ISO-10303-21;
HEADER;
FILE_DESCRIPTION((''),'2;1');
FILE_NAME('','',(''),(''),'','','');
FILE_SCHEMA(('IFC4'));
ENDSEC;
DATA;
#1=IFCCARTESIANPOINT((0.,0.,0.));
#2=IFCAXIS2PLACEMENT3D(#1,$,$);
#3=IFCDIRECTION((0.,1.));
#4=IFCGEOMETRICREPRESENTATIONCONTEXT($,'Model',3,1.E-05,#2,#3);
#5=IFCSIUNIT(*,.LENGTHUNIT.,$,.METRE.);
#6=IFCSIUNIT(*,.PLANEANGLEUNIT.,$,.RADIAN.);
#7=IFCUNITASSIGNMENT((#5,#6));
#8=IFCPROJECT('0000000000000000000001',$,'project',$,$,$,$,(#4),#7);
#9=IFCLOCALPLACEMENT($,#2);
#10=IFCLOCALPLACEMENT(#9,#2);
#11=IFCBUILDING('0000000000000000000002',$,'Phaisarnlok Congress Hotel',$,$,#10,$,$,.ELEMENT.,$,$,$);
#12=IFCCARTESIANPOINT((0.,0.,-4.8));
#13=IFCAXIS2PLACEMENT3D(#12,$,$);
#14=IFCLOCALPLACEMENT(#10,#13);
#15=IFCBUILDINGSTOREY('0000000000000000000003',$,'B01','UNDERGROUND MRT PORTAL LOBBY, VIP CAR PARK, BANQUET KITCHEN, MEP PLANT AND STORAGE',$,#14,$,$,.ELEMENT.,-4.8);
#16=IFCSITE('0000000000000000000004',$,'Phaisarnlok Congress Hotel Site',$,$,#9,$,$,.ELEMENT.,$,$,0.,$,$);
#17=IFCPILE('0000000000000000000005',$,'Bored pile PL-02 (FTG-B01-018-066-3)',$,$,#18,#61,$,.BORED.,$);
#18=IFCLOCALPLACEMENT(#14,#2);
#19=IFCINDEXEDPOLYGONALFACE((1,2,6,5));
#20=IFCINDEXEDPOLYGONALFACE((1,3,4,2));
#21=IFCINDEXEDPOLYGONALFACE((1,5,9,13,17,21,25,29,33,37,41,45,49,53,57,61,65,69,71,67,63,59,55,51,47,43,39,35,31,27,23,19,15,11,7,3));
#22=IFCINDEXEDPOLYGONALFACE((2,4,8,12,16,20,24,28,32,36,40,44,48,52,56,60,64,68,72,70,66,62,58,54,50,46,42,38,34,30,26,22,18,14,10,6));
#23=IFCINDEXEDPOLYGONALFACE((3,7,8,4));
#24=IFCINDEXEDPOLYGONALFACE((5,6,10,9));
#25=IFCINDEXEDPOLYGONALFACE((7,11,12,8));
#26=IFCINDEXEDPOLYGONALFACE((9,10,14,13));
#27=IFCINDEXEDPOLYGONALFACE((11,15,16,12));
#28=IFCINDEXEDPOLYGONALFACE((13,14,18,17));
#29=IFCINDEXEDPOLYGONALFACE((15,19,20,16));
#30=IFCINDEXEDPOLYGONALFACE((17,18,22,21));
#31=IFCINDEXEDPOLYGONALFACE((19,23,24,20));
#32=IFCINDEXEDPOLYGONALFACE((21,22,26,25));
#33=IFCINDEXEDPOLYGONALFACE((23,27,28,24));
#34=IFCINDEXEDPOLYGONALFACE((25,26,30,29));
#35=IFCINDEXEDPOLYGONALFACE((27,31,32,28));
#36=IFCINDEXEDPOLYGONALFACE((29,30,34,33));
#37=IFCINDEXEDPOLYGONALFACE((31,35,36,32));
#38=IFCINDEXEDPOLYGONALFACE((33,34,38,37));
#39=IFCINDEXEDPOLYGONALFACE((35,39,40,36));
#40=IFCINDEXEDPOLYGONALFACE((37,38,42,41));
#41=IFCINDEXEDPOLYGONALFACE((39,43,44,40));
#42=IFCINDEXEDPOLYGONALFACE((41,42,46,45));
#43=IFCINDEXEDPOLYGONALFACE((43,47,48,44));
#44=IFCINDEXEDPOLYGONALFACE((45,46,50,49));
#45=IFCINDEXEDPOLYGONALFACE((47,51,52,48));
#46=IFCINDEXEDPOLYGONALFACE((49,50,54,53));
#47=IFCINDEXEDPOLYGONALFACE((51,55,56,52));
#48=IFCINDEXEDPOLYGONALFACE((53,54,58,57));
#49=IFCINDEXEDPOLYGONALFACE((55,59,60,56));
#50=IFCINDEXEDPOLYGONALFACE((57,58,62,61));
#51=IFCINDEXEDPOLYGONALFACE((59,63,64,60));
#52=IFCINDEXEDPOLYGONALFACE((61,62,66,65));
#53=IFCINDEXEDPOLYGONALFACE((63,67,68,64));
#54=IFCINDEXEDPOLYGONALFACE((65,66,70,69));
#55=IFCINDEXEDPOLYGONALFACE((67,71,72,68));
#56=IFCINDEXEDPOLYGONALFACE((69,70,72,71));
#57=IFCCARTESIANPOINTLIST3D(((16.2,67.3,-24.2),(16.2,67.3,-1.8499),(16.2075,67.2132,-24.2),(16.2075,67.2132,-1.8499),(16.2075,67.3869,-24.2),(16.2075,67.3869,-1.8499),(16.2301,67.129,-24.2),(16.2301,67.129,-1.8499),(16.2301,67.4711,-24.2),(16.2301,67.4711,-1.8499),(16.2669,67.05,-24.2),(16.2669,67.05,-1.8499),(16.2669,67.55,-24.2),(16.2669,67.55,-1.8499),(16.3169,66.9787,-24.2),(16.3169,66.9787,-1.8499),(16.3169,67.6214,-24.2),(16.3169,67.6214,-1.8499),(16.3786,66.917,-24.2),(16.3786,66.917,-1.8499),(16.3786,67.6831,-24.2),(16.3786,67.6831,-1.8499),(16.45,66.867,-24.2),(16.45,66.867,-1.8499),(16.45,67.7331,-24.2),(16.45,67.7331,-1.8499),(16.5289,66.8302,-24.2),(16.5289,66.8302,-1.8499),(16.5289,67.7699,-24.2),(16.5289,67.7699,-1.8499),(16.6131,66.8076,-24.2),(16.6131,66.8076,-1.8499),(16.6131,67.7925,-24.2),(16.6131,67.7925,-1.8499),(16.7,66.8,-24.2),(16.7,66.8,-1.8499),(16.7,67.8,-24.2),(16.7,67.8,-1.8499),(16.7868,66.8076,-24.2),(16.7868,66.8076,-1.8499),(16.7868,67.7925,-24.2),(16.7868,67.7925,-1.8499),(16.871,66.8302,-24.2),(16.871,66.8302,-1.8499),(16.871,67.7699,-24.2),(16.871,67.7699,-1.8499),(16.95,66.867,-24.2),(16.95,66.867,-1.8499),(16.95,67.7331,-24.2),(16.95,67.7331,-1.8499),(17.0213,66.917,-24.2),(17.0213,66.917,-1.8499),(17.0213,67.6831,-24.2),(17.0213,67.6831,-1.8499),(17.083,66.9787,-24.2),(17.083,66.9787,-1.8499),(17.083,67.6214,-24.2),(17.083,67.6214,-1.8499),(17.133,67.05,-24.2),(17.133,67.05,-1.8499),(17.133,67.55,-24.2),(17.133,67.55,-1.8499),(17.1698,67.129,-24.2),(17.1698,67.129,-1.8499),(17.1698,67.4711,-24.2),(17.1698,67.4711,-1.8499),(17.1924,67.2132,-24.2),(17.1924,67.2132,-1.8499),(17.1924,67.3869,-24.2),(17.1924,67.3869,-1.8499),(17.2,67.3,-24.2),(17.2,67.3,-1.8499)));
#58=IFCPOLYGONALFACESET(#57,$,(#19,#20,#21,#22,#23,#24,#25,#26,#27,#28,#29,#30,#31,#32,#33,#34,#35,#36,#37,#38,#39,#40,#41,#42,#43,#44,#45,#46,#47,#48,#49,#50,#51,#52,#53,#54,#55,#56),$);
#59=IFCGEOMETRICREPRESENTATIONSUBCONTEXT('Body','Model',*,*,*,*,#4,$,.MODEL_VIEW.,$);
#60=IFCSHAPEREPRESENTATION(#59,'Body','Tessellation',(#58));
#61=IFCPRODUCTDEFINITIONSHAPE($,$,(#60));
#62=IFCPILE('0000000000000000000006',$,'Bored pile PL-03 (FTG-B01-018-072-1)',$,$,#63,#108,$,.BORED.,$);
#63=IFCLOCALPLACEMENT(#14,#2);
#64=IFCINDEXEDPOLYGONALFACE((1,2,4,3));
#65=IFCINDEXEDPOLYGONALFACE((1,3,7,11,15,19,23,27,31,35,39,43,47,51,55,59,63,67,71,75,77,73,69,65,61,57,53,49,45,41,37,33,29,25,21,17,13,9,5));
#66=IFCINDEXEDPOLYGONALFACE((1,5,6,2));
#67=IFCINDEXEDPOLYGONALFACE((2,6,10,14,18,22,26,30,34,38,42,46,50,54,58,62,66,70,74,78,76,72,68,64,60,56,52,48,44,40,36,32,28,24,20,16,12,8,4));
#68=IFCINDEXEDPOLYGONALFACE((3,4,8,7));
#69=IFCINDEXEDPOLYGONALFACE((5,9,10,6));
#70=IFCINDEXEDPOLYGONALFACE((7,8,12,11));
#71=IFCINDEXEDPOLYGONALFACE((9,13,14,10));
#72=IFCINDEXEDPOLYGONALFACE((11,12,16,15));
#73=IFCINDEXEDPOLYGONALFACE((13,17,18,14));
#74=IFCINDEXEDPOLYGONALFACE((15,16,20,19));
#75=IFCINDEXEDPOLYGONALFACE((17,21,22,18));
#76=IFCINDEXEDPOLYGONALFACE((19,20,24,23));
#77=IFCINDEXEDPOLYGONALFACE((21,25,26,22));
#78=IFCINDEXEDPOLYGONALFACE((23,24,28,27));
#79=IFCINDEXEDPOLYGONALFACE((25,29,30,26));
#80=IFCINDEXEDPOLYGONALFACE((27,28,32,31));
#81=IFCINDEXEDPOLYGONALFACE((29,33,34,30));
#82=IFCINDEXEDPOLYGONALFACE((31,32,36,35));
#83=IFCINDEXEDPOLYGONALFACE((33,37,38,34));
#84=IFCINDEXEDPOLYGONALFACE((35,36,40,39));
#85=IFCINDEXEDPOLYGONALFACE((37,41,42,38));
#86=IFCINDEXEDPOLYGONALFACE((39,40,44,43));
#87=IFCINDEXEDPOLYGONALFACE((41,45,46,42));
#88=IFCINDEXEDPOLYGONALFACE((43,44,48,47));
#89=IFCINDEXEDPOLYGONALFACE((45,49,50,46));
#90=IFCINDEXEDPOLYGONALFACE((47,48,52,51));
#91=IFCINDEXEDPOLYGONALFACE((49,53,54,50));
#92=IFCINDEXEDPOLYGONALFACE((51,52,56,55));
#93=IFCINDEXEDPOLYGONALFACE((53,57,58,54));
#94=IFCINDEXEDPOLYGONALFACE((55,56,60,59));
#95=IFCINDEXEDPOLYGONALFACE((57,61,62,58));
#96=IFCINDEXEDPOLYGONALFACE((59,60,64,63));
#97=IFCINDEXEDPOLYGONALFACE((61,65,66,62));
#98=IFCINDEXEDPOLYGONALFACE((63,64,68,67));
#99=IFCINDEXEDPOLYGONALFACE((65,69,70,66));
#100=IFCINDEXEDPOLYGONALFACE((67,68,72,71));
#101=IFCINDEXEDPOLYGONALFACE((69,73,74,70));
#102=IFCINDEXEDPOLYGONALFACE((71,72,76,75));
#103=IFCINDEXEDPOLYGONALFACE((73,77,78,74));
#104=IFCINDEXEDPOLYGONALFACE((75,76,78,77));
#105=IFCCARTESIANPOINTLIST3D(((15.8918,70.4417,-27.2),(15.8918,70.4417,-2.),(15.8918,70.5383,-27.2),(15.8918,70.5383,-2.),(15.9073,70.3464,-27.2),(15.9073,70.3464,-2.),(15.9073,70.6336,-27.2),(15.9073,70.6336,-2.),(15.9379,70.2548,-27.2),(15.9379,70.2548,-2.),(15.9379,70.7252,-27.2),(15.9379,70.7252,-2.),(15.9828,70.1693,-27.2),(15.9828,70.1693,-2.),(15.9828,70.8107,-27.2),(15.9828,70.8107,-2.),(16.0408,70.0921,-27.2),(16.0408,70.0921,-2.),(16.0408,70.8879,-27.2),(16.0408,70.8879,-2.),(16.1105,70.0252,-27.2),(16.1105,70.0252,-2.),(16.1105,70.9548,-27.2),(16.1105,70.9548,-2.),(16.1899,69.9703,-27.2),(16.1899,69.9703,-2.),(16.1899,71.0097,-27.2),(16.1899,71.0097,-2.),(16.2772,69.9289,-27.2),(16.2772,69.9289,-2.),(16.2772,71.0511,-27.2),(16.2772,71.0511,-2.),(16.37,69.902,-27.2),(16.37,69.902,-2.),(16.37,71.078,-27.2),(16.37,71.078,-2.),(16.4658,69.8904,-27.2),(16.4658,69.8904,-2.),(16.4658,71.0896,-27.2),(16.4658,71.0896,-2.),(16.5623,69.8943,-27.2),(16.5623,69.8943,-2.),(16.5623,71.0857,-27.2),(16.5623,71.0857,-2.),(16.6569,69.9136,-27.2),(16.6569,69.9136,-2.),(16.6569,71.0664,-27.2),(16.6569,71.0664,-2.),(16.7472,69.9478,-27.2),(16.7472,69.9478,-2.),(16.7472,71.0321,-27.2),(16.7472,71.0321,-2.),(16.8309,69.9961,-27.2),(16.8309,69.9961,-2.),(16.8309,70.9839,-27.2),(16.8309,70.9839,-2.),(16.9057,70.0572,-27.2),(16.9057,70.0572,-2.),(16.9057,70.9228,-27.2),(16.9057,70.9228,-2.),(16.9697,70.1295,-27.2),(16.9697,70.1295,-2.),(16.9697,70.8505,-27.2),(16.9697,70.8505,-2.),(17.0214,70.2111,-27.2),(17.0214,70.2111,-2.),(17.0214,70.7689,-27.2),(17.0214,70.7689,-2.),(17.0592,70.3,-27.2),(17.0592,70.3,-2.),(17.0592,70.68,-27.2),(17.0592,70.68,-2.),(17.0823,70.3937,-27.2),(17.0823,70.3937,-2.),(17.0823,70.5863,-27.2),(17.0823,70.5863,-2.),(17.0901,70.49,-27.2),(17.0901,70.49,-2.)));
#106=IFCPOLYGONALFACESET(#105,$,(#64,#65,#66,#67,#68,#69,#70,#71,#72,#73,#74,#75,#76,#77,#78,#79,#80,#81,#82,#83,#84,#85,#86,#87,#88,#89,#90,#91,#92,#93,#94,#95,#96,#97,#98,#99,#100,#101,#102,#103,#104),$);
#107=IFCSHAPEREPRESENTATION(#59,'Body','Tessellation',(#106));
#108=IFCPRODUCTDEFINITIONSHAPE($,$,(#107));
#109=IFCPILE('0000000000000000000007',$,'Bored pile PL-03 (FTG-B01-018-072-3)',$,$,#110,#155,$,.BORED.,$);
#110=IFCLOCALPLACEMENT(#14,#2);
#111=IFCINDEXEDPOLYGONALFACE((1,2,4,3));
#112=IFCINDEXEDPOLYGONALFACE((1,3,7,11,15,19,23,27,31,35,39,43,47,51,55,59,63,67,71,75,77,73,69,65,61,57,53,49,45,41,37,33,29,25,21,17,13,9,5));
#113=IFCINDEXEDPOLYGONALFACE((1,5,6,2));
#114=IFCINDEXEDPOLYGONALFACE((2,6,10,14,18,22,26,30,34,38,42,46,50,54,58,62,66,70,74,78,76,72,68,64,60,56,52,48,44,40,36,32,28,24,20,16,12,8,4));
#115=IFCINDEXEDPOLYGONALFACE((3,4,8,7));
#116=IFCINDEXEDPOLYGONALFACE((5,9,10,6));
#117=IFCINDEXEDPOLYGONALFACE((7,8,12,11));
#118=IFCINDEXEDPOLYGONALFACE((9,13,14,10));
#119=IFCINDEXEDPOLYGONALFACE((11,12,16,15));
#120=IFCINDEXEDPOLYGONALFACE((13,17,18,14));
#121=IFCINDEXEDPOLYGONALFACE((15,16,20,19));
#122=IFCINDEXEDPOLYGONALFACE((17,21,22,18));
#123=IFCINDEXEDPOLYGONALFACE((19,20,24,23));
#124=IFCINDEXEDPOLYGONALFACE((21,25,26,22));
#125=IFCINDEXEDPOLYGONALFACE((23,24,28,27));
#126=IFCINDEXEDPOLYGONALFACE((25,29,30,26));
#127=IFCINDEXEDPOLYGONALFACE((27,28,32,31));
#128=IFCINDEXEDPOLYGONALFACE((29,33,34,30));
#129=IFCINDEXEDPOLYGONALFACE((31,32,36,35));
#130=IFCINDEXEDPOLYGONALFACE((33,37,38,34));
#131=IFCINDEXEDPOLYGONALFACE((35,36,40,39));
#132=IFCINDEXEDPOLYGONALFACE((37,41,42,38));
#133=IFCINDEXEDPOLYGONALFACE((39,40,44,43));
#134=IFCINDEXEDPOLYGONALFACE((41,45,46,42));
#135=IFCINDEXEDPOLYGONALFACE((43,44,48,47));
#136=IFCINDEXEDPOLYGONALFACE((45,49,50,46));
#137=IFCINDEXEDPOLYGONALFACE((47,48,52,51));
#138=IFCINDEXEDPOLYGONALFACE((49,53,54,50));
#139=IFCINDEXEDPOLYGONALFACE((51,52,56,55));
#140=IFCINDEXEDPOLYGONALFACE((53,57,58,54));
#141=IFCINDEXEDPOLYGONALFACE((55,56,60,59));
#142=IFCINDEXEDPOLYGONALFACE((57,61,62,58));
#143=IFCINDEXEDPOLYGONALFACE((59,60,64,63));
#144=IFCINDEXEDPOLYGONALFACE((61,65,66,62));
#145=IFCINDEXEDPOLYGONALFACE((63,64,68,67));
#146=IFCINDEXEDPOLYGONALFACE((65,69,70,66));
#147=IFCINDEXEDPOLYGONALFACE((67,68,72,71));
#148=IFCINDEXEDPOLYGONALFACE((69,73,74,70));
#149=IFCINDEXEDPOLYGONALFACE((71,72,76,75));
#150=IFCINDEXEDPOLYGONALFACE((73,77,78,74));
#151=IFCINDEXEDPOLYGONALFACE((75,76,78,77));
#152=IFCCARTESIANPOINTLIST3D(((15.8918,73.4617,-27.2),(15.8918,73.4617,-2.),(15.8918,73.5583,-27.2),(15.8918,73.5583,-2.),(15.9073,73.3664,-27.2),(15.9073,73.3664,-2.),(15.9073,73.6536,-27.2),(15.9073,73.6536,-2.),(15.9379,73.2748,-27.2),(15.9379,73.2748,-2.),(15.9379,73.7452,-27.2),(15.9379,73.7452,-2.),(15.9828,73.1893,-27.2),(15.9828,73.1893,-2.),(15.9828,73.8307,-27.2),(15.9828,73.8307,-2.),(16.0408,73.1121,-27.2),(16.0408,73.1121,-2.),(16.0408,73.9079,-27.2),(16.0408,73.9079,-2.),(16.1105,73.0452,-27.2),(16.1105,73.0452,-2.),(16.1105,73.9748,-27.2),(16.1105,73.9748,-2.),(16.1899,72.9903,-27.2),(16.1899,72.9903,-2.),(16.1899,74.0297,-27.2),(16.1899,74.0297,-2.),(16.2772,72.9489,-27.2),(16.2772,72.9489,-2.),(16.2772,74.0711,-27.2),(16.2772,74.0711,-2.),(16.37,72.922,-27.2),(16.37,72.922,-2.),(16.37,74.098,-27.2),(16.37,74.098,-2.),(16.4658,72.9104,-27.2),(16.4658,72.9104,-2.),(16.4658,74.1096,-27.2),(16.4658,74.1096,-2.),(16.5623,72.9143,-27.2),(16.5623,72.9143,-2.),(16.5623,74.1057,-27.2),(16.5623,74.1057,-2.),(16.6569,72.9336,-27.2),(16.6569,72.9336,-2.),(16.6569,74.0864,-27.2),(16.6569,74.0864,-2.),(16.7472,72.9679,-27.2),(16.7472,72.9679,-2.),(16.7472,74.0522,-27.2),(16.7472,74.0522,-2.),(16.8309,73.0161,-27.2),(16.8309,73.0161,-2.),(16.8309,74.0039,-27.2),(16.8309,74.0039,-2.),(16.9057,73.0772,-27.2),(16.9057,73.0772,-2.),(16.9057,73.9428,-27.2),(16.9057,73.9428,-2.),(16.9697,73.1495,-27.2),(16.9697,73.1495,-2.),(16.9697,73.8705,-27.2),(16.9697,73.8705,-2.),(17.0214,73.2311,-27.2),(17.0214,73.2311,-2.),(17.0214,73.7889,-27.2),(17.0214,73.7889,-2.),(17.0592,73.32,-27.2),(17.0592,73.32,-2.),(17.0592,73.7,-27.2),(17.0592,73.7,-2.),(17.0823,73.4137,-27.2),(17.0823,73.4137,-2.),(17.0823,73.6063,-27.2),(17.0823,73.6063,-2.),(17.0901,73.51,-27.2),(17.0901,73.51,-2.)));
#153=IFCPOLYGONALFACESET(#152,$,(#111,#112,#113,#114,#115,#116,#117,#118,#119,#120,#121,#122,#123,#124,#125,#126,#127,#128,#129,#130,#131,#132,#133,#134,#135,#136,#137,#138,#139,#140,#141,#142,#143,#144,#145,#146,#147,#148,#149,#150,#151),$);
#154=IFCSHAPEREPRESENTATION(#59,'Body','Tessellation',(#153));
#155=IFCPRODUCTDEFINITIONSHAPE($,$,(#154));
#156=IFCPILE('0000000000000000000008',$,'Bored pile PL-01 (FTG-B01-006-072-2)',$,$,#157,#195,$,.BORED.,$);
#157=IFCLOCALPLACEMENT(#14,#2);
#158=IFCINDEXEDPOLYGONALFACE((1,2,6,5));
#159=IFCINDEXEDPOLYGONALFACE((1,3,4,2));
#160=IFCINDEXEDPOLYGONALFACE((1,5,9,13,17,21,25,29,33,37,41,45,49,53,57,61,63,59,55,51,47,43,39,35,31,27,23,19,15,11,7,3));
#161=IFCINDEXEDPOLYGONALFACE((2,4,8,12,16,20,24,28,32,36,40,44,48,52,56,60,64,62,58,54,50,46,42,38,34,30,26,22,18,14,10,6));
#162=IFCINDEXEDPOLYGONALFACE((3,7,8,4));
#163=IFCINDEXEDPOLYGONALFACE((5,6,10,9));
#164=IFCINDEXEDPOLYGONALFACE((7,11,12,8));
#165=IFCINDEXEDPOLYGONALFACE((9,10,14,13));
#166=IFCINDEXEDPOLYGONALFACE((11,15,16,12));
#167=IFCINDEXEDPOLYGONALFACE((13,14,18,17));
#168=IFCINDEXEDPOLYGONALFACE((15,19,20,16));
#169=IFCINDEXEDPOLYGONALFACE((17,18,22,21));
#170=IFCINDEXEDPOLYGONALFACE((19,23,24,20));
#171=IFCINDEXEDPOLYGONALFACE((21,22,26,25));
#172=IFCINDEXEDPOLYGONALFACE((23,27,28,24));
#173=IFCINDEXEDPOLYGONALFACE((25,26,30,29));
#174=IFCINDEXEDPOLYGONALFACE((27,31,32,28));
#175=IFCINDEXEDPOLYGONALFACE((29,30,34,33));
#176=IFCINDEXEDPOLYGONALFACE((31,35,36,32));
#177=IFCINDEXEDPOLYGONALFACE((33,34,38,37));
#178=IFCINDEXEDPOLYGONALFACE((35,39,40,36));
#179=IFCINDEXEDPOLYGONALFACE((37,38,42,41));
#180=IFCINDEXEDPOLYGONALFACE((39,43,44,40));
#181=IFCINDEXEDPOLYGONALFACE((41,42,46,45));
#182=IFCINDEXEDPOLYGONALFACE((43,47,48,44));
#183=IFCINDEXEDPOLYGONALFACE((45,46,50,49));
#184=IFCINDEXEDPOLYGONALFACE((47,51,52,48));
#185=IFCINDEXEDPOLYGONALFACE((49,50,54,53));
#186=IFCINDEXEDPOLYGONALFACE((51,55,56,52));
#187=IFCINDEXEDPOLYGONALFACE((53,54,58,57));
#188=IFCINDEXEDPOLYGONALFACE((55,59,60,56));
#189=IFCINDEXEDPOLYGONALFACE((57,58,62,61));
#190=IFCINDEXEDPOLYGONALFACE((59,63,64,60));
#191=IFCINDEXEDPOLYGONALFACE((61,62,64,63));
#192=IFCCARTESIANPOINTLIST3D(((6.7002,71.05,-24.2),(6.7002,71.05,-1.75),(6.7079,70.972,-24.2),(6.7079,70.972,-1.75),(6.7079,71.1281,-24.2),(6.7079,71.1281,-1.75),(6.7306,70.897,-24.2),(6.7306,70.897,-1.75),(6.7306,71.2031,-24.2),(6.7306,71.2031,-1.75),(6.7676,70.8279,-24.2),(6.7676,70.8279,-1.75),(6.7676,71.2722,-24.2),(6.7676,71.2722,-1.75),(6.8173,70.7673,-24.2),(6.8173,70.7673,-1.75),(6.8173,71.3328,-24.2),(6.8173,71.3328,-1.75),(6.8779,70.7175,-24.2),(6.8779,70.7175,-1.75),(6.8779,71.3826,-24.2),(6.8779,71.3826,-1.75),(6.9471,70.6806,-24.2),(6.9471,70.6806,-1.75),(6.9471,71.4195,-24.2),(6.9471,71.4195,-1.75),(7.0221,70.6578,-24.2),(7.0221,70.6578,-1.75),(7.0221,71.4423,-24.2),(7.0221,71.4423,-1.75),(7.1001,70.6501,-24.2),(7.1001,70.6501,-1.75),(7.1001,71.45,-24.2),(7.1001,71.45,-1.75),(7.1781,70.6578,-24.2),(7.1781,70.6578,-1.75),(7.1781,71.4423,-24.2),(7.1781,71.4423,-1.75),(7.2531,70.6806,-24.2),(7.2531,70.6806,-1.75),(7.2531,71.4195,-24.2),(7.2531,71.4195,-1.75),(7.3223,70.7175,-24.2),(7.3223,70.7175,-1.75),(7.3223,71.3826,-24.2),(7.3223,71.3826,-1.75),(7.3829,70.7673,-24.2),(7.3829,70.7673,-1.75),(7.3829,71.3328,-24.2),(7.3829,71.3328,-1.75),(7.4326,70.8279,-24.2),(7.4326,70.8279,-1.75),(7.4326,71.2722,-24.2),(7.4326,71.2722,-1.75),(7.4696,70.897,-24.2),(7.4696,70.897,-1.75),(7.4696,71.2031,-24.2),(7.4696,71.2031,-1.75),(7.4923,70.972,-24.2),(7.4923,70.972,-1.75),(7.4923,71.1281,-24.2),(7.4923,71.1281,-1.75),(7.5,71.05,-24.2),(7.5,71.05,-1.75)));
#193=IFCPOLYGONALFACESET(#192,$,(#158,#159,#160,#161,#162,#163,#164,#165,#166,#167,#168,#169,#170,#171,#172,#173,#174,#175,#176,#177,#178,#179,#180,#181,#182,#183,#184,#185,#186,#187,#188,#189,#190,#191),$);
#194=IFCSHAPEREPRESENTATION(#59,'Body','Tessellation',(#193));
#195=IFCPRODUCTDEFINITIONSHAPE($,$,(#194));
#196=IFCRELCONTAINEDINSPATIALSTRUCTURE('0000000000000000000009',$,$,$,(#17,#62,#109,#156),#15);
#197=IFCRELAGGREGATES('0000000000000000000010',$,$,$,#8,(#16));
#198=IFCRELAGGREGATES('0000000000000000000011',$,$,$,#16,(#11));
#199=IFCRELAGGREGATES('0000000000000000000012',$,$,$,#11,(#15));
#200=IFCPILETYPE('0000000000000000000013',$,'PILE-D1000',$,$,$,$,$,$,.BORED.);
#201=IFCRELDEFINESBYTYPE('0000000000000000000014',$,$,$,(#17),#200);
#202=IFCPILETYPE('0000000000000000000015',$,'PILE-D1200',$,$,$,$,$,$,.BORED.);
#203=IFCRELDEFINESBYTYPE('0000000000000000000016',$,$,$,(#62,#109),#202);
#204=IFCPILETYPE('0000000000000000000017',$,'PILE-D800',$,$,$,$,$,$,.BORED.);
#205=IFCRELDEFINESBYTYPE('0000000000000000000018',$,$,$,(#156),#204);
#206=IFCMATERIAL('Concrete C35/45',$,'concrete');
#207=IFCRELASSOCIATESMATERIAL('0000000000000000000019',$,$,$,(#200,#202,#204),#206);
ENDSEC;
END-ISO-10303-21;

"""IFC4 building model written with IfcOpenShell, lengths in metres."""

from ifc_helpers import new_model, si_unit, direction, frame, origin, origin_2d, place, context, subcontext, project, spatial, circle, extrude, material, material_profile, profile_set, type_object, element, save


model = new_model("IFC4")

# Units and contexts
model_context = context("Model", 3, precision=1e-05, world=origin(), true_north=direction((0.0, 1.0)))
body_context = subcontext(model_context, "Body", "Model", "MODEL_VIEW")
ifc_project = project(units=[si_unit("LENGTHUNIT", "METRE"), si_unit("PLANEANGLEUNIT", "RADIAN")], contexts=[model_context])

# Site, building, storey
site_placement = place(None, origin())
site = spatial("IfcSite", under=ifc_project, at=site_placement, Name="Phaisarnlok Congress Hotel Site", CompositionType="ELEMENT", RefElevation=0.0)
building_placement = place(site_placement, origin())
building = spatial("IfcBuilding", under=site, at=building_placement, Name="Phaisarnlok Congress Hotel", CompositionType="ELEMENT")
storey_placement = place(building_placement, frame((0.0, 0.0, -4.8)))
storey = spatial("IfcBuildingStorey", under=building, at=storey_placement, Name="B01", Description="UNDERGROUND MRT PORTAL LOBBY, VIP CAR PARK, BANQUET KITCHEN, MEP PLANT AND STORAGE", CompositionType="ELEMENT", Elevation=-4.8)

# Piles
ifc_material_1 = material(Name="Concrete C35/45", Category="concrete")
ifc_material_profile_1 = material_profile(ifc_material_1, circle(Radius=0.5, at=origin_2d()), Name="BORED PILE D1000")
ifc_profile_set_1 = profile_set([ifc_material_profile_1], Name="Concrete C35/45")
pile_type_1 = type_object("IfcPileType", Name="PILE-D1000", PredefinedType="BORED", material=ifc_profile_set_1)
pile_1_placement = place(storey_placement, frame((16.7, 67.3, -1.8499), z_axis=(0.0, 0.0, -1.0), x_axis=(1.0, 0.0, 0.0)))
element("IfcPile", 1, at=pile_1_placement, inside=storey, type_object=pile_type_1, Name="Bored pile PL-02 (FTG-B01-018-066-3)", PredefinedType="BORED", context=body_context, shape_type="SweptSolid", body=[
    extrude(circle(Radius=0.5, at=origin_2d()), origin(), (0.0, 0.0, 1.0), 22.3501),
])
ifc_material_profile_2 = material_profile(ifc_material_1, circle(Radius=0.6001, at=origin_2d()), Name="BORED PILE D1200")
ifc_profile_set_2 = profile_set([ifc_material_profile_2], Name="Concrete C35/45")
pile_type_2 = type_object("IfcPileType", Name="PILE-D1200", PredefinedType="BORED", material=ifc_profile_set_2)
for number, where, z_axis, x_axis, name in (
    (2, (16.49, 70.49, -2.0), (0.0, 0.0, -1.0), (1.0, 0.0, 0.0), "Bored pile PL-03 (FTG-B01-018-072-1)"),
    (3, (16.49, 73.51, -2.0), (0.0, 0.0, -1.0), (1.0, 0.0, 0.0), "Bored pile PL-03 (FTG-B01-018-072-3)"),
):
    element("IfcPile", number, at=place(storey_placement, frame(where, z_axis=z_axis, x_axis=x_axis)), inside=storey, type_object=pile_type_2, Name=name, PredefinedType="BORED", context=body_context, shape_type="SweptSolid", body=[
        extrude(circle(Radius=0.6001, at=origin_2d()), origin(), (0.0, 0.0, 1.0), 25.2),
    ])
ifc_material_profile_3 = material_profile(ifc_material_1, circle(Radius=0.3999, at=origin_2d()), Name="BORED PILE D800")
ifc_profile_set_3 = profile_set([ifc_material_profile_3], Name="Concrete C35/45")
pile_type_3 = type_object("IfcPileType", Name="PILE-D800", PredefinedType="BORED", material=ifc_profile_set_3)
pile_2_placement = place(storey_placement, frame((7.1001, 71.05, -1.75), z_axis=(0.0, 0.0, -1.0), x_axis=(1.0, 0.0, 0.0)))
element("IfcPile", 4, at=pile_2_placement, inside=storey, type_object=pile_type_3, Name="Bored pile PL-01 (FTG-B01-006-072-2)", PredefinedType="BORED", context=body_context, shape_type="SweptSolid", body=[
    extrude(circle(Radius=0.3999, at=origin_2d()), origin(), (0.0, 0.0, 1.0), 22.45),
])

save(model, "model.ifc")
